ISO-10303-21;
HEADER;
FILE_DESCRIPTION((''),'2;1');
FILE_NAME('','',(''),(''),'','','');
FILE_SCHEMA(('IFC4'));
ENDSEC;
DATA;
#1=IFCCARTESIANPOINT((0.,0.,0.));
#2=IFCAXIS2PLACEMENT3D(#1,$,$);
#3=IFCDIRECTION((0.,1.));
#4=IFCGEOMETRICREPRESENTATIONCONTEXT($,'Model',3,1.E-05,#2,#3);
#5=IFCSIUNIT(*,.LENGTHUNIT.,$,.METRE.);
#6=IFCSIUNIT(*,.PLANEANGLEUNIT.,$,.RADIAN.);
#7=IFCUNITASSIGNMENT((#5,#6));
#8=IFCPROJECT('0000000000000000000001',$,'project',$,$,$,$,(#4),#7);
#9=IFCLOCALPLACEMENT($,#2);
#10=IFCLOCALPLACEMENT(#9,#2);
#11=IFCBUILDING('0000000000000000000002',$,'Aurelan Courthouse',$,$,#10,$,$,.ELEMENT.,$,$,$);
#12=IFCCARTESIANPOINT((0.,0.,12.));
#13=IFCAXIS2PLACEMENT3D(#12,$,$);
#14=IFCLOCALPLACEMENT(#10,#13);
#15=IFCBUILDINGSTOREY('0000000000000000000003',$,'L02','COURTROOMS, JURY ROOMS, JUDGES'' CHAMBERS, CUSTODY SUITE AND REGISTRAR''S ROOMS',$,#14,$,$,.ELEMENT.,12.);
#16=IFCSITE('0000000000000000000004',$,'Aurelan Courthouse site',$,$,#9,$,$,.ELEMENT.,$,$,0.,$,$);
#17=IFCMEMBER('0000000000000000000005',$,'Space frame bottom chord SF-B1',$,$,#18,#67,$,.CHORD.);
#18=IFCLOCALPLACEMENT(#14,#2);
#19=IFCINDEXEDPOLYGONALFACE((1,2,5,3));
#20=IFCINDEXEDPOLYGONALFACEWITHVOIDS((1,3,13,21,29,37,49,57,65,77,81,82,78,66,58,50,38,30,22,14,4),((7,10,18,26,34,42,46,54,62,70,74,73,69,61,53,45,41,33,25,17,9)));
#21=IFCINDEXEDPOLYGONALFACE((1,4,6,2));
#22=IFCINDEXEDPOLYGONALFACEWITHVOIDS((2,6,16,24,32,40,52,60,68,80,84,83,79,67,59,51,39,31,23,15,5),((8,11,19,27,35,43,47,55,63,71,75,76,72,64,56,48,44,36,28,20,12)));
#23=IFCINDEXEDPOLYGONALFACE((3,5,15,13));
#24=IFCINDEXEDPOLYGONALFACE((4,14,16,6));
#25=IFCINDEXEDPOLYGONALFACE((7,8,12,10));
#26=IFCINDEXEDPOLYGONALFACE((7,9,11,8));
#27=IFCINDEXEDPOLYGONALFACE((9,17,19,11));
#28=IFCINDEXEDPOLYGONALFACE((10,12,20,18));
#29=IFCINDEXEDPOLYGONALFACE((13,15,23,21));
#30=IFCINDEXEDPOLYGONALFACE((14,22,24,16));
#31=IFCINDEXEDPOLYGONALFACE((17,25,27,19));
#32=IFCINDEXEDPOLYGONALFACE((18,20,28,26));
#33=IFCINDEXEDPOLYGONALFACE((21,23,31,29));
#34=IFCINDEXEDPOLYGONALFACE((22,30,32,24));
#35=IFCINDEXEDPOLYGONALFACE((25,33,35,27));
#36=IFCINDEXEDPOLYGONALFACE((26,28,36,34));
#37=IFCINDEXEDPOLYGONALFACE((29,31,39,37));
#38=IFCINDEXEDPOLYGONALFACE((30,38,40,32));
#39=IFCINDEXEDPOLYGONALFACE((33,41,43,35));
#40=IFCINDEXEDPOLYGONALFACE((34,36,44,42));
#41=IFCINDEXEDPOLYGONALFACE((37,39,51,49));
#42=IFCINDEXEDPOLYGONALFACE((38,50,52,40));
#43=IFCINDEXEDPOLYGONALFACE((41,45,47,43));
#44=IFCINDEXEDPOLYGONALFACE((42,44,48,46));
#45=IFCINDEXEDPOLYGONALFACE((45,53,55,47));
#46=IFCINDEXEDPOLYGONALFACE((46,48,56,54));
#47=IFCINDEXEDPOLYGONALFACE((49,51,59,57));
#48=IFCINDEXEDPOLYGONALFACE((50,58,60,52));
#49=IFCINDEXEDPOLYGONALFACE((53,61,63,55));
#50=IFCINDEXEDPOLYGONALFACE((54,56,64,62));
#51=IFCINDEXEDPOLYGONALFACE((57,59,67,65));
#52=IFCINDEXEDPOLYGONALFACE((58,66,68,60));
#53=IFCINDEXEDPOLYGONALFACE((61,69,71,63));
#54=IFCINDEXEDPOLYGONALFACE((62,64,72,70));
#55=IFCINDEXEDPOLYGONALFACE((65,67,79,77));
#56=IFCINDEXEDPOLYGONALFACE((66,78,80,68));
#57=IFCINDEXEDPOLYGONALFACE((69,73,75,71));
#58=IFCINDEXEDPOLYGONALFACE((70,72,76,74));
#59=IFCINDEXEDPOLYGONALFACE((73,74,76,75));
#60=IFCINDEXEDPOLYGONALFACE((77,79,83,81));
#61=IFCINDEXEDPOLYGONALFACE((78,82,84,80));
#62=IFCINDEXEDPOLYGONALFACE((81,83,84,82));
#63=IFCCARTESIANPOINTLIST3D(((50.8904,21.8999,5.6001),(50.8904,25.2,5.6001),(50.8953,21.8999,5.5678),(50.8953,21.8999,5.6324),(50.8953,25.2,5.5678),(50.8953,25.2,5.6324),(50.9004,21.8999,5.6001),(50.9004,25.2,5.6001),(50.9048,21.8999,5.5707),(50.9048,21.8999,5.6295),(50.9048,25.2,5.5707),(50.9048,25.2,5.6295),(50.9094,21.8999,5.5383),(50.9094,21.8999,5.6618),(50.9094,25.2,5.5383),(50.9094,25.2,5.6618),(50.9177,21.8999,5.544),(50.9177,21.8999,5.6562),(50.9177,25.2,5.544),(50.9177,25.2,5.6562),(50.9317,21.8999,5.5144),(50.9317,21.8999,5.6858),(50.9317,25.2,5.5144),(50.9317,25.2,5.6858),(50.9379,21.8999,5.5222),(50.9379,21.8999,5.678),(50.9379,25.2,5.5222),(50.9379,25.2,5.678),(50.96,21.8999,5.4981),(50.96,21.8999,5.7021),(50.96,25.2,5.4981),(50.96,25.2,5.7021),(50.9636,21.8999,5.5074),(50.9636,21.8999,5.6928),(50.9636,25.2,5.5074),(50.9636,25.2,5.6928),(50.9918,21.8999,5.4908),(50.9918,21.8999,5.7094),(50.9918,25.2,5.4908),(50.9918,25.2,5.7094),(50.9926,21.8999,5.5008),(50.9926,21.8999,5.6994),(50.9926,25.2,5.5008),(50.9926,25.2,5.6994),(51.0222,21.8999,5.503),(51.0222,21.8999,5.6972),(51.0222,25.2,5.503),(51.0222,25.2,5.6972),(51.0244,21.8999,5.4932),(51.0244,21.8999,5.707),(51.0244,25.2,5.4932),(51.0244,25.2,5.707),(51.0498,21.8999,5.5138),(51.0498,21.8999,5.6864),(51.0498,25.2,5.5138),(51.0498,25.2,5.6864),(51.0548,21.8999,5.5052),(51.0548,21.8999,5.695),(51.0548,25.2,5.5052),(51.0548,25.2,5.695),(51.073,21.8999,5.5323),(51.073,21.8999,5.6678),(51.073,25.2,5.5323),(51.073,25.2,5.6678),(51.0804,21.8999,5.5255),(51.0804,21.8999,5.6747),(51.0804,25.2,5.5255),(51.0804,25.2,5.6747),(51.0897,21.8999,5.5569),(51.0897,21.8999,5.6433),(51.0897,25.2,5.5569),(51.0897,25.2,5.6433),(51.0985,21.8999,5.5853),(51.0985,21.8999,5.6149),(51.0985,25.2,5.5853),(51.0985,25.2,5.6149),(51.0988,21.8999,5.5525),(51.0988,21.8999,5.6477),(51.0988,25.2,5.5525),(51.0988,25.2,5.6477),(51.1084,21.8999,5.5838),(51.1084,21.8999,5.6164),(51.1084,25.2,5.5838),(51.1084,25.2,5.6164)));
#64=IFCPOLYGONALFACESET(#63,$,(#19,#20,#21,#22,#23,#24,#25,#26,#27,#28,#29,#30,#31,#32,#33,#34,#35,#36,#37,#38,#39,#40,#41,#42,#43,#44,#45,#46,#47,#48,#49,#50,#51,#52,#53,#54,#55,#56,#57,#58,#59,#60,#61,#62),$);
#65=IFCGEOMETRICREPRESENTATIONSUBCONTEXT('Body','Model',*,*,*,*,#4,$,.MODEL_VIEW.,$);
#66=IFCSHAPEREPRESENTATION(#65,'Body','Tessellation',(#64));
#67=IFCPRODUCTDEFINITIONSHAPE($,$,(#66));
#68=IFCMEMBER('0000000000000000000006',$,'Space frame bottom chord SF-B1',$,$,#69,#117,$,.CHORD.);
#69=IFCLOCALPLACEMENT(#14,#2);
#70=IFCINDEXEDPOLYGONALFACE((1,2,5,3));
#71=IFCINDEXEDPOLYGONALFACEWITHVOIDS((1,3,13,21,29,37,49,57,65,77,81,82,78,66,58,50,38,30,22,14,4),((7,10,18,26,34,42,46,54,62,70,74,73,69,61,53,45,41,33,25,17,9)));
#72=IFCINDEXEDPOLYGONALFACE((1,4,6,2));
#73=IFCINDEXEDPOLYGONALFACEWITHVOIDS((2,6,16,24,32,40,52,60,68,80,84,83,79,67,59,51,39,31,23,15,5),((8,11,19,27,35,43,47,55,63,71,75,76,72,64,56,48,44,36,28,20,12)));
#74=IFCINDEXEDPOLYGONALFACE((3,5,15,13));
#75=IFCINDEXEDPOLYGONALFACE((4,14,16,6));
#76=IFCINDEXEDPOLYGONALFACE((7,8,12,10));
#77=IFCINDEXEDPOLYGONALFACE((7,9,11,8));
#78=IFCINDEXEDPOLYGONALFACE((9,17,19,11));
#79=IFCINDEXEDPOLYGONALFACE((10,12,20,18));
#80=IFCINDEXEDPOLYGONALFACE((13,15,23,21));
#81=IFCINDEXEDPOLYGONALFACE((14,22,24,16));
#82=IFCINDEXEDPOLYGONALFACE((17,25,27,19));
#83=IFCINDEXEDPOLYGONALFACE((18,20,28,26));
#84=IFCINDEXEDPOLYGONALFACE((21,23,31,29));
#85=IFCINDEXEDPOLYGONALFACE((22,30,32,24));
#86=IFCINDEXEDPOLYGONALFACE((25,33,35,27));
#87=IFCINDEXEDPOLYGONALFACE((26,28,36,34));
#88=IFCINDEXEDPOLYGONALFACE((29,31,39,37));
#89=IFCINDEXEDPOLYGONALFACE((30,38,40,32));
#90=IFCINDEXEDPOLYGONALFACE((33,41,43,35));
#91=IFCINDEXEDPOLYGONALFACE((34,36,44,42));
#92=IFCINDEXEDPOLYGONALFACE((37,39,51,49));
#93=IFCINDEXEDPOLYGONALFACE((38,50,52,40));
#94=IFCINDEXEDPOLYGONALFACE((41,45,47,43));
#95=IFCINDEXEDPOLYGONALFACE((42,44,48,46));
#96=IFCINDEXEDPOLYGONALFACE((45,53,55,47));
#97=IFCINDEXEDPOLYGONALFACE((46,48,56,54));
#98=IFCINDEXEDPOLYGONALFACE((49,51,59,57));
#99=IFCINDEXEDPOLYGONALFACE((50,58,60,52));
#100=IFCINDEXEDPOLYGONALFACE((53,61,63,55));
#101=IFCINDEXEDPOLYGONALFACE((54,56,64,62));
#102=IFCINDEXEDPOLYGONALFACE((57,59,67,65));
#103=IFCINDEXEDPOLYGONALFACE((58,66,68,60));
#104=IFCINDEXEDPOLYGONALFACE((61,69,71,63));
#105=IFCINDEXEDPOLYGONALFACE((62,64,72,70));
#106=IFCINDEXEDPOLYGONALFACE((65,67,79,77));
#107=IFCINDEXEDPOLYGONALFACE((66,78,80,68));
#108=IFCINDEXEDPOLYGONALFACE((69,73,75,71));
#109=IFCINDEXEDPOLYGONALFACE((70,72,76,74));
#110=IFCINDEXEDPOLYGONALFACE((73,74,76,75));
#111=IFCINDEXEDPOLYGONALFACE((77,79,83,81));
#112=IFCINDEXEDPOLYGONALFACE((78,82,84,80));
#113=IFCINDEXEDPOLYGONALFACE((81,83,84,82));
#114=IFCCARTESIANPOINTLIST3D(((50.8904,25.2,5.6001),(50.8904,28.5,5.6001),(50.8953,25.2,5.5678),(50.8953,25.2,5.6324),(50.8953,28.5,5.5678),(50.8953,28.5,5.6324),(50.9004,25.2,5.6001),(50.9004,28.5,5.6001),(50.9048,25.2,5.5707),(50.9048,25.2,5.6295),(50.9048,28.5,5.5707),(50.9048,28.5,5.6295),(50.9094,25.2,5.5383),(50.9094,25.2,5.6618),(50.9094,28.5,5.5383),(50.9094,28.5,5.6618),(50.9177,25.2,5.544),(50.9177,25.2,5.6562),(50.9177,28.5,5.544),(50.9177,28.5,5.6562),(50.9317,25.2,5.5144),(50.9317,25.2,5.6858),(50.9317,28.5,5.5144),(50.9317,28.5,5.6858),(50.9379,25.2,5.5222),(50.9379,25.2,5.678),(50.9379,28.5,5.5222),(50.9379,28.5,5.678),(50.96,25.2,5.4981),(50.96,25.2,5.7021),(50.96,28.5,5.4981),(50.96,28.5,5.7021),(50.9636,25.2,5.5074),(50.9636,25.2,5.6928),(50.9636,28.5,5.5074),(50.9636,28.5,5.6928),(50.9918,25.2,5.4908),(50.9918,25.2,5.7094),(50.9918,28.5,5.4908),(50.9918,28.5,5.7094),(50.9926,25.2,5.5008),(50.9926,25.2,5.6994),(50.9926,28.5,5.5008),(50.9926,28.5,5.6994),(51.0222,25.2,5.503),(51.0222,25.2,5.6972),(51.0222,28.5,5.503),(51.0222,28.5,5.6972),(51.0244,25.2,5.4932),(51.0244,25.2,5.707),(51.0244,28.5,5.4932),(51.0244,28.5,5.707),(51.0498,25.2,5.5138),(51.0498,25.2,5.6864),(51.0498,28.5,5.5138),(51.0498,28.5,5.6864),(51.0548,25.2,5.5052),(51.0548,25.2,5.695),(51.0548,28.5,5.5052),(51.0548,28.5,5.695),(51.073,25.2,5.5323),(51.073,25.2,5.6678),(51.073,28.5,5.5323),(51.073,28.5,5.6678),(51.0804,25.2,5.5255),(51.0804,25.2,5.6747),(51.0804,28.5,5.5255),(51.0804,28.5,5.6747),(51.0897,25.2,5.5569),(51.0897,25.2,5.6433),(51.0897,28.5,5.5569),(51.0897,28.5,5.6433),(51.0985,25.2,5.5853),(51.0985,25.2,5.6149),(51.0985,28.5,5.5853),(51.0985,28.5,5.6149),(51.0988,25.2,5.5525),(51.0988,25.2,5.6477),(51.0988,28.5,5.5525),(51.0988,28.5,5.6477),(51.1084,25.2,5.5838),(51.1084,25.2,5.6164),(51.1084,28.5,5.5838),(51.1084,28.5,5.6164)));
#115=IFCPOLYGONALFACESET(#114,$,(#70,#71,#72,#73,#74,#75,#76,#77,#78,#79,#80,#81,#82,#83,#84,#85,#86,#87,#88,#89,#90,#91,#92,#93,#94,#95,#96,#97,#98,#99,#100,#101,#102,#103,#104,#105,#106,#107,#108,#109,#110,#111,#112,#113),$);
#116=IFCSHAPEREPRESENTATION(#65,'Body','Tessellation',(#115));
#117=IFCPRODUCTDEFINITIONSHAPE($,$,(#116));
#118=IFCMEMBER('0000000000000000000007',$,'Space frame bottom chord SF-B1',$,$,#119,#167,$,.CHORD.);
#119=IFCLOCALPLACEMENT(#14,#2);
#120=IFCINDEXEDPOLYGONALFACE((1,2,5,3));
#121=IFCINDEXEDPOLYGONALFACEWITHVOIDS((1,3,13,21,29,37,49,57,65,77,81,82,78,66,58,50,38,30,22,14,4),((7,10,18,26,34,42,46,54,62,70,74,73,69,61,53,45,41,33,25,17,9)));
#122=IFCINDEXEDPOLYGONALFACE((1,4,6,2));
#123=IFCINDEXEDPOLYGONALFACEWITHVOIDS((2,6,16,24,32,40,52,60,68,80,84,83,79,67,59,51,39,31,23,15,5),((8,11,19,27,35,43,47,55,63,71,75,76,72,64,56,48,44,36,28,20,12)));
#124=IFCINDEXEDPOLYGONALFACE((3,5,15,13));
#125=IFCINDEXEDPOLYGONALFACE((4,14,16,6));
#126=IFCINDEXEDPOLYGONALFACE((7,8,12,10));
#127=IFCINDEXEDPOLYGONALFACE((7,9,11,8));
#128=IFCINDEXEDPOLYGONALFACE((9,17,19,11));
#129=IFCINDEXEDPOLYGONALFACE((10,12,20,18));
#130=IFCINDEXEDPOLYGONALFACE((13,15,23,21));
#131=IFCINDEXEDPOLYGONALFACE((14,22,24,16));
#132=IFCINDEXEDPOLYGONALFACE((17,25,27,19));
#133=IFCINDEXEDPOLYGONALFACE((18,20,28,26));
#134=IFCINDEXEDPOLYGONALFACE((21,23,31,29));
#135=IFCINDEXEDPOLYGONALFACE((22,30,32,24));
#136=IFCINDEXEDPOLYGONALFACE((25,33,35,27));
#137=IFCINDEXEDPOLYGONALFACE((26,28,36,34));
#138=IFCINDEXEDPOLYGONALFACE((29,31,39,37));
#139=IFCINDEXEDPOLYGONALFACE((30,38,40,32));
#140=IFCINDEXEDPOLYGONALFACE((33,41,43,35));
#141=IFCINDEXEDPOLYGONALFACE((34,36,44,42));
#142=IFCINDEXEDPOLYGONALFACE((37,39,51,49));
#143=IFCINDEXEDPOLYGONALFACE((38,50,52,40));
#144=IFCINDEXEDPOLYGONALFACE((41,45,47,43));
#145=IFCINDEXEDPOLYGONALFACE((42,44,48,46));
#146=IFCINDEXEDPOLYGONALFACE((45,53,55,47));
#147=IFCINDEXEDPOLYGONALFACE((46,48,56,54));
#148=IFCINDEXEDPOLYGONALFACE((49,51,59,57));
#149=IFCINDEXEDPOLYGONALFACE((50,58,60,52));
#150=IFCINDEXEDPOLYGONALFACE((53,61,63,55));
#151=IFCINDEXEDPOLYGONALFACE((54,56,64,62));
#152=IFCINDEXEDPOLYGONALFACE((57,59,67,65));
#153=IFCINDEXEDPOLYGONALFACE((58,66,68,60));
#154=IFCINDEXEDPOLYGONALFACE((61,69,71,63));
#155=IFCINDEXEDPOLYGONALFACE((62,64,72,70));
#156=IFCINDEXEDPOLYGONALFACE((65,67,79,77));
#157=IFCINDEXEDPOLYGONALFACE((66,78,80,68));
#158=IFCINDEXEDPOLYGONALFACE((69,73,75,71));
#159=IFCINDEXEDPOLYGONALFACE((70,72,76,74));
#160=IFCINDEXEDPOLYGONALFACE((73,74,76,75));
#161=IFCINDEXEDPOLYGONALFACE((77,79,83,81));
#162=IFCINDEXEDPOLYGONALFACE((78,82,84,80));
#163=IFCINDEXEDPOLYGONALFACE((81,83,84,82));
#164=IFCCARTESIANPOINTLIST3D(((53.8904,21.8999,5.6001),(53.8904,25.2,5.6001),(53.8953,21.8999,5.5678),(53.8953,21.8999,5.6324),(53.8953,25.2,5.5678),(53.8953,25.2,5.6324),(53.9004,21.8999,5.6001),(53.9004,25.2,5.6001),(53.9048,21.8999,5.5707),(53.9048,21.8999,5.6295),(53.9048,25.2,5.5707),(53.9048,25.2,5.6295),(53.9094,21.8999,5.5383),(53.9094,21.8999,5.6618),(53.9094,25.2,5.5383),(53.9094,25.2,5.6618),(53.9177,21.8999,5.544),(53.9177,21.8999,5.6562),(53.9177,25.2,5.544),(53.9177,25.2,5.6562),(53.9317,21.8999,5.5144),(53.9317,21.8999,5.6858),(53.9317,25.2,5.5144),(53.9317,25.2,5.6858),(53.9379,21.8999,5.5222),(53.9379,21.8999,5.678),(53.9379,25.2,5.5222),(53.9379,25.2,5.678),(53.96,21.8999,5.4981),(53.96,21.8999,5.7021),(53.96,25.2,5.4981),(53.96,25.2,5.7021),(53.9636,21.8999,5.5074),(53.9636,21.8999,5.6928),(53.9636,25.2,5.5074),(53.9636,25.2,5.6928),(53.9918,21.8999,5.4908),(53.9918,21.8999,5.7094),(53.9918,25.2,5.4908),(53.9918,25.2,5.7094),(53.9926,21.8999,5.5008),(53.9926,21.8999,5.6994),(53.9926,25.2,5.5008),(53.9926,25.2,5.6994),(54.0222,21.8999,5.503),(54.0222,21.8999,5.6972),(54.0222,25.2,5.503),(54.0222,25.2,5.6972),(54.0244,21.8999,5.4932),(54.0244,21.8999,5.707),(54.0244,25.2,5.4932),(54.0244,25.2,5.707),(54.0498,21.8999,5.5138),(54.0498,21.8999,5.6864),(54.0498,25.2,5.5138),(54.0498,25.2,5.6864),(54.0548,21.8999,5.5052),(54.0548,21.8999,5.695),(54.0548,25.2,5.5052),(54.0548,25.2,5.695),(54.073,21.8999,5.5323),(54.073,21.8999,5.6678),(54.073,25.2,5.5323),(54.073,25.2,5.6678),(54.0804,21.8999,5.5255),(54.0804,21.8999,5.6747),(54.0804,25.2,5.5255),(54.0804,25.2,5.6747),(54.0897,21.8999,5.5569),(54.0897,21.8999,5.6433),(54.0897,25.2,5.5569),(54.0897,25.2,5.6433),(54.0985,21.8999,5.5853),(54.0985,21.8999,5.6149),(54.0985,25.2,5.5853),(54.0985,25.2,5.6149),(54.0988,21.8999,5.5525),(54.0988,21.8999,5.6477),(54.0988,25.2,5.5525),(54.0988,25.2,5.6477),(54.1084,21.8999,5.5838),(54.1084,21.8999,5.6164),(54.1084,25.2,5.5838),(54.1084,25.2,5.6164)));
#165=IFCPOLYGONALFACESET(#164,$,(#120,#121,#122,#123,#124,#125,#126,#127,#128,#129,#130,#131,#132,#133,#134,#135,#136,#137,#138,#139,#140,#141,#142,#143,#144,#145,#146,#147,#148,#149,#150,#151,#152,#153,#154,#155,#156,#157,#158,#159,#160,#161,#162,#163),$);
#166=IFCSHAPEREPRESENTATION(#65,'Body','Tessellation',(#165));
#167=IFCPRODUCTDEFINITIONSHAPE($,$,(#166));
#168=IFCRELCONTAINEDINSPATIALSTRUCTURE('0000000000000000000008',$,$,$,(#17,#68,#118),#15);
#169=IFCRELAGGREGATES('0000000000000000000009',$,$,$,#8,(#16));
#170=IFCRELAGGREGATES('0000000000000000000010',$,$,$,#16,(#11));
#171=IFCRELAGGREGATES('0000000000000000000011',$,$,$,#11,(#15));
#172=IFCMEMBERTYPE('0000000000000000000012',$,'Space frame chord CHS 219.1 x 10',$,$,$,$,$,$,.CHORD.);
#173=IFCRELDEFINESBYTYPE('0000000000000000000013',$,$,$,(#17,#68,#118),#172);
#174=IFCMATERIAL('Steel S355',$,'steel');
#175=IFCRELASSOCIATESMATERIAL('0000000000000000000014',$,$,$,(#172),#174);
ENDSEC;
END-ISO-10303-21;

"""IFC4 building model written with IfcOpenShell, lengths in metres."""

from ifc_helpers import new_model, si_unit, direction, frame, origin, origin_2d, place, context, subcontext, project, spatial, hollow_circle, extrude, material, material_profile, profile_set, type_object, element, save


model = new_model("IFC4")

# Units and contexts
model_context = context("Model", 3, precision=1e-05, world=origin(), true_north=direction((0.0, 1.0)))
body_context = subcontext(model_context, "Body", "Model", "MODEL_VIEW")
ifc_project = project(units=[si_unit("LENGTHUNIT", "METRE"), si_unit("PLANEANGLEUNIT", "RADIAN")], contexts=[model_context])

# Site, building, storey
site_placement = place(None, origin())
site = spatial("IfcSite", under=ifc_project, at=site_placement, Name="Aurelan Courthouse site", CompositionType="ELEMENT", RefElevation=0.0)
building_placement = place(site_placement, origin())
building = spatial("IfcBuilding", under=site, at=building_placement, Name="Aurelan Courthouse", CompositionType="ELEMENT")
storey_placement = place(building_placement, frame((0.0, 0.0, 12.0)))
storey = spatial("IfcBuildingStorey", under=building, at=storey_placement, Name="L02", Description="COURTROOMS, JURY ROOMS, JUDGES' CHAMBERS, CUSTODY SUITE AND REGISTRAR'S ROOMS", CompositionType="ELEMENT", Elevation=12.0)

# Shared definitions
ifc_material_1 = material(Name="Steel S355", Category="steel")

# Members
ifc_material_profile_1 = material_profile(ifc_material_1, hollow_circle(Radius=0.1096, WallThickness=0.01, at=origin_2d()), Name="CHS 219.1 x 10")
ifc_profile_set_1 = profile_set([ifc_material_profile_1], Name="Steel S355")
member_type_1 = type_object("IfcMemberType", Name="Space frame chord CHS 219.1 x 10", PredefinedType="CHORD", material=ifc_profile_set_1)
for number, where, z_axis, x_axis, name in (
    (1, (51.0, 21.8999, 5.6001), (0.0, 1.0, 0.0), (-1.0, 0.0, 0.0), "Space frame bottom chord SF-B1"),
    (2, (51.0, 25.2, 5.6001), (0.0, 1.0, 0.0), (-1.0, 0.0, 0.0), "Space frame bottom chord SF-B1"),
    (3, (54.0, 21.8999, 5.6001), (0.0, 1.0, 0.0), (-1.0, 0.0, 0.0), "Space frame bottom chord SF-B1"),
):
    element("IfcMember", number, at=place(storey_placement, frame(where, z_axis=z_axis, x_axis=x_axis)), inside=storey, type_object=member_type_1, Name=name, PredefinedType="CHORD", context=body_context, shape_type="SweptSolid", body=[
        extrude(hollow_circle(Radius=0.1096, WallThickness=0.01, at=origin_2d()), origin(), (0.0, 0.0, 1.0), 3.3),
    ])

save(model, "model.ifc")
